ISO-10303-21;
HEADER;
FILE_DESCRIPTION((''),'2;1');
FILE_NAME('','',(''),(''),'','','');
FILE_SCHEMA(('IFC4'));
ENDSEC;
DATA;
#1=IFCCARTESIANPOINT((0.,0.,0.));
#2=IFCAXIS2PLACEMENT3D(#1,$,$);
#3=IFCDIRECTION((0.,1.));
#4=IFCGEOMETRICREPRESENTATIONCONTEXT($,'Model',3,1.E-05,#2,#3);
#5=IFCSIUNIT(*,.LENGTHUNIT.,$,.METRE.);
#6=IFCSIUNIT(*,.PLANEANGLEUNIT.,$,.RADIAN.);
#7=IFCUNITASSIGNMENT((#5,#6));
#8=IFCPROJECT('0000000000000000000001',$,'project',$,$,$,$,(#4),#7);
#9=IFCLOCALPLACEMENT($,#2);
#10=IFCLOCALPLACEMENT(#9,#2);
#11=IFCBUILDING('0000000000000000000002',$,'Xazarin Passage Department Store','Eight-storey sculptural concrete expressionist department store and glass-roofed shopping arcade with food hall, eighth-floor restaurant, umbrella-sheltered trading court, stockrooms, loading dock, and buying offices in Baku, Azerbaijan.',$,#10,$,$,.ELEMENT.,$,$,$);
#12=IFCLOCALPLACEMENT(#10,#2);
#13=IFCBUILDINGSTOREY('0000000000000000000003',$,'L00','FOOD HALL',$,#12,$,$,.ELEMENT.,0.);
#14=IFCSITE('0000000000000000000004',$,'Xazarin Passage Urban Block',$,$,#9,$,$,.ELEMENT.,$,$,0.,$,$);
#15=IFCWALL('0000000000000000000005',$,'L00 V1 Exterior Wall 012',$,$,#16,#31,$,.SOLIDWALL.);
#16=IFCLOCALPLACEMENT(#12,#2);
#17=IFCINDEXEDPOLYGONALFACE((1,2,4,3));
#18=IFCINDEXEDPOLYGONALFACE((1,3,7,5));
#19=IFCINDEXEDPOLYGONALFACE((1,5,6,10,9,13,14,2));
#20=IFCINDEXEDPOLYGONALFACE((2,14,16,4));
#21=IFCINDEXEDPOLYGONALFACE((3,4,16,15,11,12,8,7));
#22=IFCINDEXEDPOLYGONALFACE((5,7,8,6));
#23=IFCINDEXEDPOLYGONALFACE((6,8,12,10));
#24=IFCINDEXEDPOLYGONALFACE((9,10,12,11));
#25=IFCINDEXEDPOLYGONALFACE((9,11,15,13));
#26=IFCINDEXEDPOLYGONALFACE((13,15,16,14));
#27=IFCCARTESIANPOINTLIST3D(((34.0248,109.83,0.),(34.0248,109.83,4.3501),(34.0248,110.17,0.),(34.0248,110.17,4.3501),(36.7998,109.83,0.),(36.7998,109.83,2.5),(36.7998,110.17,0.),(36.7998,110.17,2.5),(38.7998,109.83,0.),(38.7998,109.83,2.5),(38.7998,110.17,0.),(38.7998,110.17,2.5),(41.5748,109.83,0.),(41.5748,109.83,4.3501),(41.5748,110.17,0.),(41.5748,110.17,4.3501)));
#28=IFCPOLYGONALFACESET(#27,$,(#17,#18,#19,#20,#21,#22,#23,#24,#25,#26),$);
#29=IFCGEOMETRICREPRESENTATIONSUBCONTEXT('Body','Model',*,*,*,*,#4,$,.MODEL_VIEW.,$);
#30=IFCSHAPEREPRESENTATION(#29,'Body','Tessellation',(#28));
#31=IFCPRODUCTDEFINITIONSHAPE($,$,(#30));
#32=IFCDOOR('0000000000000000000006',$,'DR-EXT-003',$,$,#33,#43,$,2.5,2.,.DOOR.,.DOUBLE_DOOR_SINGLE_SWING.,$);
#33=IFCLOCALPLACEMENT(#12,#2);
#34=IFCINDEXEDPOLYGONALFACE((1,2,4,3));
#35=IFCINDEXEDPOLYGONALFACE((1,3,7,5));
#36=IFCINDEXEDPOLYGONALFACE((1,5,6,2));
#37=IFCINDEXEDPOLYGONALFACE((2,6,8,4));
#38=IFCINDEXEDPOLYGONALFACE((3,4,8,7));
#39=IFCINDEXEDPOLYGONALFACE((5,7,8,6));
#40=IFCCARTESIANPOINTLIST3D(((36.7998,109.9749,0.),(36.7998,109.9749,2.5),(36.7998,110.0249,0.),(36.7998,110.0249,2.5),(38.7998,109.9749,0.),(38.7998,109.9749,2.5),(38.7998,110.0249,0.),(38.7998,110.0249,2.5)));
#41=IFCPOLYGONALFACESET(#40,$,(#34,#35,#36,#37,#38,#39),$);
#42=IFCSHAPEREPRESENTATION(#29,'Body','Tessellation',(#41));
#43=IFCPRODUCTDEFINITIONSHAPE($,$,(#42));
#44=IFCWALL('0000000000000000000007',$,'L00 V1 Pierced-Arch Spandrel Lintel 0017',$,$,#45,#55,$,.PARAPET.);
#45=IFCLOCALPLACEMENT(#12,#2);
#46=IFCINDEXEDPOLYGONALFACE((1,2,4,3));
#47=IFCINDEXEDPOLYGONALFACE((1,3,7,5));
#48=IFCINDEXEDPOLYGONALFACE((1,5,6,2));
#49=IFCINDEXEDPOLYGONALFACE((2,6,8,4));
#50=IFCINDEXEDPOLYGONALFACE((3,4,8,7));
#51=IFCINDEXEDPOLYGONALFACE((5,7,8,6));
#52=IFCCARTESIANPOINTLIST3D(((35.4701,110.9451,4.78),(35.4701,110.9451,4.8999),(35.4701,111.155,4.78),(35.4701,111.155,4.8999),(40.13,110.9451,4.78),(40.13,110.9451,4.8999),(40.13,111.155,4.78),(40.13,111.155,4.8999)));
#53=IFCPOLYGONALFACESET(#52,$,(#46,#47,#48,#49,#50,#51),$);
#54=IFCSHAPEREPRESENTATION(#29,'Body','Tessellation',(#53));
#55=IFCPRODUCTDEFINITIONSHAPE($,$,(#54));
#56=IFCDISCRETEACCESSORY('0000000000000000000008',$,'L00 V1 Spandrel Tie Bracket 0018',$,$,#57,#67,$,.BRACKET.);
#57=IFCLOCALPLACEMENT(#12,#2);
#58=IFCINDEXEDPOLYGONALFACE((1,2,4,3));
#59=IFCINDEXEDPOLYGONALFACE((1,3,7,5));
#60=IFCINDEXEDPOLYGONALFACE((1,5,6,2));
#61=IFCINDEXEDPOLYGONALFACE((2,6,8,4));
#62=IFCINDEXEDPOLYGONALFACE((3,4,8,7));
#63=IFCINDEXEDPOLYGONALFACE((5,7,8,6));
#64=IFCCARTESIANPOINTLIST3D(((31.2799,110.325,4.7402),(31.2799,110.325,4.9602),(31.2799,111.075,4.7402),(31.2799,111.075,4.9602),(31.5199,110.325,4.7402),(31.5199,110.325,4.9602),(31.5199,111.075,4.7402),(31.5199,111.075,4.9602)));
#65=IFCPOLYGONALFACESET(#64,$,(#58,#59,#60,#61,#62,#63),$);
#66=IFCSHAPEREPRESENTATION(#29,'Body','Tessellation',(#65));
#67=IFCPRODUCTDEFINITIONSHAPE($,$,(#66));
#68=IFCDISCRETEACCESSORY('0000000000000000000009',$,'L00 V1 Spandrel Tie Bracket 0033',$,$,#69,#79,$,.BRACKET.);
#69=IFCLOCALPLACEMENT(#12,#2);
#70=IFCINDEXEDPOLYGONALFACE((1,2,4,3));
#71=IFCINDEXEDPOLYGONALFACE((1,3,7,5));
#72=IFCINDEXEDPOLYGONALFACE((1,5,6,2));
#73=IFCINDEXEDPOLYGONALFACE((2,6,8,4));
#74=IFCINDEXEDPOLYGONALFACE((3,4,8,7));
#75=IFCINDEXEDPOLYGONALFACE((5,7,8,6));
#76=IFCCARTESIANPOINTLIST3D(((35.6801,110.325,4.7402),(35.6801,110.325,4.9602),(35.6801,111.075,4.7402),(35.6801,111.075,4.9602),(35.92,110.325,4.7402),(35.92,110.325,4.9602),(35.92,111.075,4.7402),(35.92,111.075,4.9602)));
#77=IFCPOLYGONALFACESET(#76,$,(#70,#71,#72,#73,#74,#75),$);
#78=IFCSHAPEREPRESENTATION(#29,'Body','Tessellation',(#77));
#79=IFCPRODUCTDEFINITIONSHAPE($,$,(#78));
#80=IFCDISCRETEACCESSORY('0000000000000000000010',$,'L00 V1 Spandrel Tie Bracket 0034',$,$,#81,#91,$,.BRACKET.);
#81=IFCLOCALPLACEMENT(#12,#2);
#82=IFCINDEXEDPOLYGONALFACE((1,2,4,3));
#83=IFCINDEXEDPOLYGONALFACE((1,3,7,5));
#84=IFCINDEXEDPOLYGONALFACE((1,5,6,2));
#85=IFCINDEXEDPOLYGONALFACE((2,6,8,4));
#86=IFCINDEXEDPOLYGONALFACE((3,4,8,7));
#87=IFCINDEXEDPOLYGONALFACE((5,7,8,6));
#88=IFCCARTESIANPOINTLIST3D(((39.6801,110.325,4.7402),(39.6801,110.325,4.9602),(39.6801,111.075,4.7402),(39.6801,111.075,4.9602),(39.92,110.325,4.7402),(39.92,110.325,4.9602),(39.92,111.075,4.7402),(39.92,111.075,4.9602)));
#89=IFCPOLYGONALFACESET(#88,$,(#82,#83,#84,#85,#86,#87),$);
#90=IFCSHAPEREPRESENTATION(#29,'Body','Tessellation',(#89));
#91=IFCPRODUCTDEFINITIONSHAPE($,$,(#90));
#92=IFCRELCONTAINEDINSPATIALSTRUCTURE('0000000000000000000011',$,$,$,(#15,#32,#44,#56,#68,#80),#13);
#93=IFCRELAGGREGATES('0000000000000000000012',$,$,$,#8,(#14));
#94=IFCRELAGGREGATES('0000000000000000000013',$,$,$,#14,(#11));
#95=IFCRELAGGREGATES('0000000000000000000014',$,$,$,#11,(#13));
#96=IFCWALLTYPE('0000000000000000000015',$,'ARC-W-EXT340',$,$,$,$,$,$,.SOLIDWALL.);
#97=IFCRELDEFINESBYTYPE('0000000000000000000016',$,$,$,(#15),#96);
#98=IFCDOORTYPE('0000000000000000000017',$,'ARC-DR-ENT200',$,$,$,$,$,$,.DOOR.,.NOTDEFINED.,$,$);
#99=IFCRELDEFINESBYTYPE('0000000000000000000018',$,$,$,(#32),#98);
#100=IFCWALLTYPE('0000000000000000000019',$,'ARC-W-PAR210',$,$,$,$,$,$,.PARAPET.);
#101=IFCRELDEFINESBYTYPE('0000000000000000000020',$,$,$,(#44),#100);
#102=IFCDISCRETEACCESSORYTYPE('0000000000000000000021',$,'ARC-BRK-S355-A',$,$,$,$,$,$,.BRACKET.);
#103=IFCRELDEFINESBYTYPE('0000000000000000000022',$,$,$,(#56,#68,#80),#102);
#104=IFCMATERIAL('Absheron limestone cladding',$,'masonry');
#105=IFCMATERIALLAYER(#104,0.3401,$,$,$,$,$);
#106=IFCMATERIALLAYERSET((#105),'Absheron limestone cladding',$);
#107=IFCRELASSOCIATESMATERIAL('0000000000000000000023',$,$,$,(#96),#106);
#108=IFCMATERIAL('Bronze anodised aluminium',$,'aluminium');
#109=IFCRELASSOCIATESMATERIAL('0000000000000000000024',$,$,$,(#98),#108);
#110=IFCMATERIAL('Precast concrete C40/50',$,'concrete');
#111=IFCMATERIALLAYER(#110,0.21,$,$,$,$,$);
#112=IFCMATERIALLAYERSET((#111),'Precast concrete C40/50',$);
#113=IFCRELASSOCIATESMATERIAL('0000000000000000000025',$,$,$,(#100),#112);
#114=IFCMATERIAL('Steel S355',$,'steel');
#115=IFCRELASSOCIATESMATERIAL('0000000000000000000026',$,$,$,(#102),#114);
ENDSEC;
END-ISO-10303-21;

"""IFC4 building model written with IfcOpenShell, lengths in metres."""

from ifc_helpers import new_model, si_unit, direction, frame, frame_2d, origin, origin_2d, place, context, subcontext, project, spatial, rectangle, extrude, material, layer, layer_set, type_object, element, fill, save


model = new_model("IFC4")

# Units and contexts
model_context = context("Model", 3, precision=1e-05, world=origin(), true_north=direction((0.0, 1.0)))
body_context = subcontext(model_context, "Body", "Model", "MODEL_VIEW")
ifc_project = project(units=[si_unit("LENGTHUNIT", "METRE"), si_unit("PLANEANGLEUNIT", "RADIAN")], contexts=[model_context])

# Site, building, storey
site_placement = place(None, origin())
site = spatial("IfcSite", under=ifc_project, at=site_placement, Name="Xazarin Passage Urban Block", CompositionType="ELEMENT", RefElevation=0.0)
building_placement = place(site_placement, origin())
building = spatial("IfcBuilding", under=site, at=building_placement, Name="Xazarin Passage Department Store", Description="Eight-storey sculptural concrete expressionist department store and glass-roofed shopping arcade with food hall, eighth-floor restaurant, umbrella-sheltered trading court, stockrooms, loading dock, and buying offices in Baku, Azerbaijan.", CompositionType="ELEMENT")
storey_placement = place(building_placement, origin())
storey = spatial("IfcBuildingStorey", under=building, at=storey_placement, Name="L00", Description="FOOD HALL", CompositionType="ELEMENT", Elevation=0.0)

# Shared definitions
ifc_material_1 = material(Name="Bronze anodised aluminium", Category="aluminium")

# Shared definitions
ifc_material_2 = material(Name="Steel S355", Category="steel")

# Shared definitions
ifc_material_3 = material(Name="Precast concrete C40/50", Category="concrete")

# Wall, opening, door
ifc_material_4 = material(Name="Absheron limestone cladding", Category="masonry")
ifc_layer_1 = layer(ifc_material_4, 0.3401)
ifc_layer_set_1 = layer_set([ifc_layer_1], Name="Absheron limestone cladding")
wall_type_1 = type_object("IfcWallType", Name="ARC-W-EXT340", PredefinedType="SOLIDWALL", material=ifc_layer_set_1)
wall_1_placement = place(storey_placement, frame((34.0249, 110.0, 0.0), z_axis=(0.0, 0.0, 1.0), x_axis=(1.0, 0.0, 0.0)))
wall_1 = element("IfcWall", 1, at=wall_1_placement, inside=storey, type_object=wall_type_1, Name="L00 V1 Exterior Wall 012", PredefinedType="SOLIDWALL", context=body_context, shape_type="SweptSolid", body=[
    extrude(rectangle(XDim=7.55, YDim=0.3401, at=frame_2d((3.7749, 0.0))), origin(), (0.0, 0.0, 1.0), 4.3501),
])
opening_placement = place(wall_1_placement, frame((2.7749, 0.0, 0.0)))
opening = element("IfcOpeningElement", 2, at=opening_placement, cuts=wall_1, PredefinedType="OPENING", context=body_context, shape_type="SweptSolid", body=[
    extrude(rectangle(XDim=2.0, YDim=2.5, at=frame_2d((1.0, 1.25))), frame((0.0, 0.1799, 0.0), z_axis=(0.0, -1.0, 0.0), x_axis=(1.0, 0.0, 0.0)), (0.0, 0.0, 1.0), 0.3601),
])
door_type = type_object("IfcDoorType", Name="ARC-DR-ENT200", OperationType="NOTDEFINED", PredefinedType="DOOR", material=ifc_material_1)
door_placement = place(opening_placement, origin())
door = element("IfcDoor", 3, at=door_placement, inside=storey, type_object=door_type, Name="DR-EXT-003", OperationType="DOUBLE_DOOR_SINGLE_SWING", OverallHeight=2.5, OverallWidth=2.0, PredefinedType="DOOR", context=body_context, shape_type="SweptSolid", body=[
    extrude(rectangle(XDim=2.0, YDim=2.5, at=frame_2d((1.0, 1.25))), frame((0.0, 0.0249, 0.0), z_axis=(0.0, -1.0, 0.0), x_axis=(1.0, 0.0, 0.0)), (0.0, 0.0, 1.0), 0.05),
])
fill(opening, door)

# Wall
ifc_layer_2 = layer(ifc_material_3, 0.21)
ifc_layer_set_2 = layer_set([ifc_layer_2], Name="Precast concrete C40/50")
wall_type_2 = type_object("IfcWallType", Name="ARC-W-PAR210", PredefinedType="PARAPET", material=ifc_layer_set_2)
wall_2_placement = place(storey_placement, frame((35.47, 111.05, 4.78), z_axis=(0.0, 0.0, 1.0), x_axis=(1.0, 0.0, 0.0)))
element("IfcWall", 4, at=wall_2_placement, inside=storey, type_object=wall_type_2, Name="L00 V1 Pierced-Arch Spandrel Lintel 0017", PredefinedType="PARAPET", context=body_context, shape_type="SweptSolid", body=[
    extrude(rectangle(XDim=4.6599, YDim=0.21, at=frame_2d((2.3301, 0.0))), origin(), (0.0, 0.0, 1.0), 0.1199),
])

# Discrete accessories
discrete_accessory_type = type_object("IfcDiscreteAccessoryType", Name="ARC-BRK-S355-A", PredefinedType="BRACKET", material=ifc_material_2)
for number, where, z_axis, x_axis, name in (
    (5, (31.3999, 110.7, 4.7402), (0.0, 0.0, 1.0), (1.0, 0.0, 0.0), "L00 V1 Spandrel Tie Bracket 0018"),
    (6, (35.8, 110.7, 4.7402), (0.0, 0.0, 1.0), (1.0, 0.0, 0.0), "L00 V1 Spandrel Tie Bracket 0033"),
    (7, (39.8, 110.7, 4.7402), (0.0, 0.0, 1.0), (1.0, 0.0, 0.0), "L00 V1 Spandrel Tie Bracket 0034"),
):
    element("IfcDiscreteAccessory", number, at=place(storey_placement, frame(where, z_axis=z_axis, x_axis=x_axis)), inside=storey, type_object=discrete_accessory_type, Name=name, PredefinedType="BRACKET", context=body_context, shape_type="SweptSolid", body=[
        extrude(rectangle(XDim=0.24, YDim=0.75, at=origin_2d()), origin(), (0.0, 0.0, 1.0), 0.22),
    ])

save(model, "model.ifc")
